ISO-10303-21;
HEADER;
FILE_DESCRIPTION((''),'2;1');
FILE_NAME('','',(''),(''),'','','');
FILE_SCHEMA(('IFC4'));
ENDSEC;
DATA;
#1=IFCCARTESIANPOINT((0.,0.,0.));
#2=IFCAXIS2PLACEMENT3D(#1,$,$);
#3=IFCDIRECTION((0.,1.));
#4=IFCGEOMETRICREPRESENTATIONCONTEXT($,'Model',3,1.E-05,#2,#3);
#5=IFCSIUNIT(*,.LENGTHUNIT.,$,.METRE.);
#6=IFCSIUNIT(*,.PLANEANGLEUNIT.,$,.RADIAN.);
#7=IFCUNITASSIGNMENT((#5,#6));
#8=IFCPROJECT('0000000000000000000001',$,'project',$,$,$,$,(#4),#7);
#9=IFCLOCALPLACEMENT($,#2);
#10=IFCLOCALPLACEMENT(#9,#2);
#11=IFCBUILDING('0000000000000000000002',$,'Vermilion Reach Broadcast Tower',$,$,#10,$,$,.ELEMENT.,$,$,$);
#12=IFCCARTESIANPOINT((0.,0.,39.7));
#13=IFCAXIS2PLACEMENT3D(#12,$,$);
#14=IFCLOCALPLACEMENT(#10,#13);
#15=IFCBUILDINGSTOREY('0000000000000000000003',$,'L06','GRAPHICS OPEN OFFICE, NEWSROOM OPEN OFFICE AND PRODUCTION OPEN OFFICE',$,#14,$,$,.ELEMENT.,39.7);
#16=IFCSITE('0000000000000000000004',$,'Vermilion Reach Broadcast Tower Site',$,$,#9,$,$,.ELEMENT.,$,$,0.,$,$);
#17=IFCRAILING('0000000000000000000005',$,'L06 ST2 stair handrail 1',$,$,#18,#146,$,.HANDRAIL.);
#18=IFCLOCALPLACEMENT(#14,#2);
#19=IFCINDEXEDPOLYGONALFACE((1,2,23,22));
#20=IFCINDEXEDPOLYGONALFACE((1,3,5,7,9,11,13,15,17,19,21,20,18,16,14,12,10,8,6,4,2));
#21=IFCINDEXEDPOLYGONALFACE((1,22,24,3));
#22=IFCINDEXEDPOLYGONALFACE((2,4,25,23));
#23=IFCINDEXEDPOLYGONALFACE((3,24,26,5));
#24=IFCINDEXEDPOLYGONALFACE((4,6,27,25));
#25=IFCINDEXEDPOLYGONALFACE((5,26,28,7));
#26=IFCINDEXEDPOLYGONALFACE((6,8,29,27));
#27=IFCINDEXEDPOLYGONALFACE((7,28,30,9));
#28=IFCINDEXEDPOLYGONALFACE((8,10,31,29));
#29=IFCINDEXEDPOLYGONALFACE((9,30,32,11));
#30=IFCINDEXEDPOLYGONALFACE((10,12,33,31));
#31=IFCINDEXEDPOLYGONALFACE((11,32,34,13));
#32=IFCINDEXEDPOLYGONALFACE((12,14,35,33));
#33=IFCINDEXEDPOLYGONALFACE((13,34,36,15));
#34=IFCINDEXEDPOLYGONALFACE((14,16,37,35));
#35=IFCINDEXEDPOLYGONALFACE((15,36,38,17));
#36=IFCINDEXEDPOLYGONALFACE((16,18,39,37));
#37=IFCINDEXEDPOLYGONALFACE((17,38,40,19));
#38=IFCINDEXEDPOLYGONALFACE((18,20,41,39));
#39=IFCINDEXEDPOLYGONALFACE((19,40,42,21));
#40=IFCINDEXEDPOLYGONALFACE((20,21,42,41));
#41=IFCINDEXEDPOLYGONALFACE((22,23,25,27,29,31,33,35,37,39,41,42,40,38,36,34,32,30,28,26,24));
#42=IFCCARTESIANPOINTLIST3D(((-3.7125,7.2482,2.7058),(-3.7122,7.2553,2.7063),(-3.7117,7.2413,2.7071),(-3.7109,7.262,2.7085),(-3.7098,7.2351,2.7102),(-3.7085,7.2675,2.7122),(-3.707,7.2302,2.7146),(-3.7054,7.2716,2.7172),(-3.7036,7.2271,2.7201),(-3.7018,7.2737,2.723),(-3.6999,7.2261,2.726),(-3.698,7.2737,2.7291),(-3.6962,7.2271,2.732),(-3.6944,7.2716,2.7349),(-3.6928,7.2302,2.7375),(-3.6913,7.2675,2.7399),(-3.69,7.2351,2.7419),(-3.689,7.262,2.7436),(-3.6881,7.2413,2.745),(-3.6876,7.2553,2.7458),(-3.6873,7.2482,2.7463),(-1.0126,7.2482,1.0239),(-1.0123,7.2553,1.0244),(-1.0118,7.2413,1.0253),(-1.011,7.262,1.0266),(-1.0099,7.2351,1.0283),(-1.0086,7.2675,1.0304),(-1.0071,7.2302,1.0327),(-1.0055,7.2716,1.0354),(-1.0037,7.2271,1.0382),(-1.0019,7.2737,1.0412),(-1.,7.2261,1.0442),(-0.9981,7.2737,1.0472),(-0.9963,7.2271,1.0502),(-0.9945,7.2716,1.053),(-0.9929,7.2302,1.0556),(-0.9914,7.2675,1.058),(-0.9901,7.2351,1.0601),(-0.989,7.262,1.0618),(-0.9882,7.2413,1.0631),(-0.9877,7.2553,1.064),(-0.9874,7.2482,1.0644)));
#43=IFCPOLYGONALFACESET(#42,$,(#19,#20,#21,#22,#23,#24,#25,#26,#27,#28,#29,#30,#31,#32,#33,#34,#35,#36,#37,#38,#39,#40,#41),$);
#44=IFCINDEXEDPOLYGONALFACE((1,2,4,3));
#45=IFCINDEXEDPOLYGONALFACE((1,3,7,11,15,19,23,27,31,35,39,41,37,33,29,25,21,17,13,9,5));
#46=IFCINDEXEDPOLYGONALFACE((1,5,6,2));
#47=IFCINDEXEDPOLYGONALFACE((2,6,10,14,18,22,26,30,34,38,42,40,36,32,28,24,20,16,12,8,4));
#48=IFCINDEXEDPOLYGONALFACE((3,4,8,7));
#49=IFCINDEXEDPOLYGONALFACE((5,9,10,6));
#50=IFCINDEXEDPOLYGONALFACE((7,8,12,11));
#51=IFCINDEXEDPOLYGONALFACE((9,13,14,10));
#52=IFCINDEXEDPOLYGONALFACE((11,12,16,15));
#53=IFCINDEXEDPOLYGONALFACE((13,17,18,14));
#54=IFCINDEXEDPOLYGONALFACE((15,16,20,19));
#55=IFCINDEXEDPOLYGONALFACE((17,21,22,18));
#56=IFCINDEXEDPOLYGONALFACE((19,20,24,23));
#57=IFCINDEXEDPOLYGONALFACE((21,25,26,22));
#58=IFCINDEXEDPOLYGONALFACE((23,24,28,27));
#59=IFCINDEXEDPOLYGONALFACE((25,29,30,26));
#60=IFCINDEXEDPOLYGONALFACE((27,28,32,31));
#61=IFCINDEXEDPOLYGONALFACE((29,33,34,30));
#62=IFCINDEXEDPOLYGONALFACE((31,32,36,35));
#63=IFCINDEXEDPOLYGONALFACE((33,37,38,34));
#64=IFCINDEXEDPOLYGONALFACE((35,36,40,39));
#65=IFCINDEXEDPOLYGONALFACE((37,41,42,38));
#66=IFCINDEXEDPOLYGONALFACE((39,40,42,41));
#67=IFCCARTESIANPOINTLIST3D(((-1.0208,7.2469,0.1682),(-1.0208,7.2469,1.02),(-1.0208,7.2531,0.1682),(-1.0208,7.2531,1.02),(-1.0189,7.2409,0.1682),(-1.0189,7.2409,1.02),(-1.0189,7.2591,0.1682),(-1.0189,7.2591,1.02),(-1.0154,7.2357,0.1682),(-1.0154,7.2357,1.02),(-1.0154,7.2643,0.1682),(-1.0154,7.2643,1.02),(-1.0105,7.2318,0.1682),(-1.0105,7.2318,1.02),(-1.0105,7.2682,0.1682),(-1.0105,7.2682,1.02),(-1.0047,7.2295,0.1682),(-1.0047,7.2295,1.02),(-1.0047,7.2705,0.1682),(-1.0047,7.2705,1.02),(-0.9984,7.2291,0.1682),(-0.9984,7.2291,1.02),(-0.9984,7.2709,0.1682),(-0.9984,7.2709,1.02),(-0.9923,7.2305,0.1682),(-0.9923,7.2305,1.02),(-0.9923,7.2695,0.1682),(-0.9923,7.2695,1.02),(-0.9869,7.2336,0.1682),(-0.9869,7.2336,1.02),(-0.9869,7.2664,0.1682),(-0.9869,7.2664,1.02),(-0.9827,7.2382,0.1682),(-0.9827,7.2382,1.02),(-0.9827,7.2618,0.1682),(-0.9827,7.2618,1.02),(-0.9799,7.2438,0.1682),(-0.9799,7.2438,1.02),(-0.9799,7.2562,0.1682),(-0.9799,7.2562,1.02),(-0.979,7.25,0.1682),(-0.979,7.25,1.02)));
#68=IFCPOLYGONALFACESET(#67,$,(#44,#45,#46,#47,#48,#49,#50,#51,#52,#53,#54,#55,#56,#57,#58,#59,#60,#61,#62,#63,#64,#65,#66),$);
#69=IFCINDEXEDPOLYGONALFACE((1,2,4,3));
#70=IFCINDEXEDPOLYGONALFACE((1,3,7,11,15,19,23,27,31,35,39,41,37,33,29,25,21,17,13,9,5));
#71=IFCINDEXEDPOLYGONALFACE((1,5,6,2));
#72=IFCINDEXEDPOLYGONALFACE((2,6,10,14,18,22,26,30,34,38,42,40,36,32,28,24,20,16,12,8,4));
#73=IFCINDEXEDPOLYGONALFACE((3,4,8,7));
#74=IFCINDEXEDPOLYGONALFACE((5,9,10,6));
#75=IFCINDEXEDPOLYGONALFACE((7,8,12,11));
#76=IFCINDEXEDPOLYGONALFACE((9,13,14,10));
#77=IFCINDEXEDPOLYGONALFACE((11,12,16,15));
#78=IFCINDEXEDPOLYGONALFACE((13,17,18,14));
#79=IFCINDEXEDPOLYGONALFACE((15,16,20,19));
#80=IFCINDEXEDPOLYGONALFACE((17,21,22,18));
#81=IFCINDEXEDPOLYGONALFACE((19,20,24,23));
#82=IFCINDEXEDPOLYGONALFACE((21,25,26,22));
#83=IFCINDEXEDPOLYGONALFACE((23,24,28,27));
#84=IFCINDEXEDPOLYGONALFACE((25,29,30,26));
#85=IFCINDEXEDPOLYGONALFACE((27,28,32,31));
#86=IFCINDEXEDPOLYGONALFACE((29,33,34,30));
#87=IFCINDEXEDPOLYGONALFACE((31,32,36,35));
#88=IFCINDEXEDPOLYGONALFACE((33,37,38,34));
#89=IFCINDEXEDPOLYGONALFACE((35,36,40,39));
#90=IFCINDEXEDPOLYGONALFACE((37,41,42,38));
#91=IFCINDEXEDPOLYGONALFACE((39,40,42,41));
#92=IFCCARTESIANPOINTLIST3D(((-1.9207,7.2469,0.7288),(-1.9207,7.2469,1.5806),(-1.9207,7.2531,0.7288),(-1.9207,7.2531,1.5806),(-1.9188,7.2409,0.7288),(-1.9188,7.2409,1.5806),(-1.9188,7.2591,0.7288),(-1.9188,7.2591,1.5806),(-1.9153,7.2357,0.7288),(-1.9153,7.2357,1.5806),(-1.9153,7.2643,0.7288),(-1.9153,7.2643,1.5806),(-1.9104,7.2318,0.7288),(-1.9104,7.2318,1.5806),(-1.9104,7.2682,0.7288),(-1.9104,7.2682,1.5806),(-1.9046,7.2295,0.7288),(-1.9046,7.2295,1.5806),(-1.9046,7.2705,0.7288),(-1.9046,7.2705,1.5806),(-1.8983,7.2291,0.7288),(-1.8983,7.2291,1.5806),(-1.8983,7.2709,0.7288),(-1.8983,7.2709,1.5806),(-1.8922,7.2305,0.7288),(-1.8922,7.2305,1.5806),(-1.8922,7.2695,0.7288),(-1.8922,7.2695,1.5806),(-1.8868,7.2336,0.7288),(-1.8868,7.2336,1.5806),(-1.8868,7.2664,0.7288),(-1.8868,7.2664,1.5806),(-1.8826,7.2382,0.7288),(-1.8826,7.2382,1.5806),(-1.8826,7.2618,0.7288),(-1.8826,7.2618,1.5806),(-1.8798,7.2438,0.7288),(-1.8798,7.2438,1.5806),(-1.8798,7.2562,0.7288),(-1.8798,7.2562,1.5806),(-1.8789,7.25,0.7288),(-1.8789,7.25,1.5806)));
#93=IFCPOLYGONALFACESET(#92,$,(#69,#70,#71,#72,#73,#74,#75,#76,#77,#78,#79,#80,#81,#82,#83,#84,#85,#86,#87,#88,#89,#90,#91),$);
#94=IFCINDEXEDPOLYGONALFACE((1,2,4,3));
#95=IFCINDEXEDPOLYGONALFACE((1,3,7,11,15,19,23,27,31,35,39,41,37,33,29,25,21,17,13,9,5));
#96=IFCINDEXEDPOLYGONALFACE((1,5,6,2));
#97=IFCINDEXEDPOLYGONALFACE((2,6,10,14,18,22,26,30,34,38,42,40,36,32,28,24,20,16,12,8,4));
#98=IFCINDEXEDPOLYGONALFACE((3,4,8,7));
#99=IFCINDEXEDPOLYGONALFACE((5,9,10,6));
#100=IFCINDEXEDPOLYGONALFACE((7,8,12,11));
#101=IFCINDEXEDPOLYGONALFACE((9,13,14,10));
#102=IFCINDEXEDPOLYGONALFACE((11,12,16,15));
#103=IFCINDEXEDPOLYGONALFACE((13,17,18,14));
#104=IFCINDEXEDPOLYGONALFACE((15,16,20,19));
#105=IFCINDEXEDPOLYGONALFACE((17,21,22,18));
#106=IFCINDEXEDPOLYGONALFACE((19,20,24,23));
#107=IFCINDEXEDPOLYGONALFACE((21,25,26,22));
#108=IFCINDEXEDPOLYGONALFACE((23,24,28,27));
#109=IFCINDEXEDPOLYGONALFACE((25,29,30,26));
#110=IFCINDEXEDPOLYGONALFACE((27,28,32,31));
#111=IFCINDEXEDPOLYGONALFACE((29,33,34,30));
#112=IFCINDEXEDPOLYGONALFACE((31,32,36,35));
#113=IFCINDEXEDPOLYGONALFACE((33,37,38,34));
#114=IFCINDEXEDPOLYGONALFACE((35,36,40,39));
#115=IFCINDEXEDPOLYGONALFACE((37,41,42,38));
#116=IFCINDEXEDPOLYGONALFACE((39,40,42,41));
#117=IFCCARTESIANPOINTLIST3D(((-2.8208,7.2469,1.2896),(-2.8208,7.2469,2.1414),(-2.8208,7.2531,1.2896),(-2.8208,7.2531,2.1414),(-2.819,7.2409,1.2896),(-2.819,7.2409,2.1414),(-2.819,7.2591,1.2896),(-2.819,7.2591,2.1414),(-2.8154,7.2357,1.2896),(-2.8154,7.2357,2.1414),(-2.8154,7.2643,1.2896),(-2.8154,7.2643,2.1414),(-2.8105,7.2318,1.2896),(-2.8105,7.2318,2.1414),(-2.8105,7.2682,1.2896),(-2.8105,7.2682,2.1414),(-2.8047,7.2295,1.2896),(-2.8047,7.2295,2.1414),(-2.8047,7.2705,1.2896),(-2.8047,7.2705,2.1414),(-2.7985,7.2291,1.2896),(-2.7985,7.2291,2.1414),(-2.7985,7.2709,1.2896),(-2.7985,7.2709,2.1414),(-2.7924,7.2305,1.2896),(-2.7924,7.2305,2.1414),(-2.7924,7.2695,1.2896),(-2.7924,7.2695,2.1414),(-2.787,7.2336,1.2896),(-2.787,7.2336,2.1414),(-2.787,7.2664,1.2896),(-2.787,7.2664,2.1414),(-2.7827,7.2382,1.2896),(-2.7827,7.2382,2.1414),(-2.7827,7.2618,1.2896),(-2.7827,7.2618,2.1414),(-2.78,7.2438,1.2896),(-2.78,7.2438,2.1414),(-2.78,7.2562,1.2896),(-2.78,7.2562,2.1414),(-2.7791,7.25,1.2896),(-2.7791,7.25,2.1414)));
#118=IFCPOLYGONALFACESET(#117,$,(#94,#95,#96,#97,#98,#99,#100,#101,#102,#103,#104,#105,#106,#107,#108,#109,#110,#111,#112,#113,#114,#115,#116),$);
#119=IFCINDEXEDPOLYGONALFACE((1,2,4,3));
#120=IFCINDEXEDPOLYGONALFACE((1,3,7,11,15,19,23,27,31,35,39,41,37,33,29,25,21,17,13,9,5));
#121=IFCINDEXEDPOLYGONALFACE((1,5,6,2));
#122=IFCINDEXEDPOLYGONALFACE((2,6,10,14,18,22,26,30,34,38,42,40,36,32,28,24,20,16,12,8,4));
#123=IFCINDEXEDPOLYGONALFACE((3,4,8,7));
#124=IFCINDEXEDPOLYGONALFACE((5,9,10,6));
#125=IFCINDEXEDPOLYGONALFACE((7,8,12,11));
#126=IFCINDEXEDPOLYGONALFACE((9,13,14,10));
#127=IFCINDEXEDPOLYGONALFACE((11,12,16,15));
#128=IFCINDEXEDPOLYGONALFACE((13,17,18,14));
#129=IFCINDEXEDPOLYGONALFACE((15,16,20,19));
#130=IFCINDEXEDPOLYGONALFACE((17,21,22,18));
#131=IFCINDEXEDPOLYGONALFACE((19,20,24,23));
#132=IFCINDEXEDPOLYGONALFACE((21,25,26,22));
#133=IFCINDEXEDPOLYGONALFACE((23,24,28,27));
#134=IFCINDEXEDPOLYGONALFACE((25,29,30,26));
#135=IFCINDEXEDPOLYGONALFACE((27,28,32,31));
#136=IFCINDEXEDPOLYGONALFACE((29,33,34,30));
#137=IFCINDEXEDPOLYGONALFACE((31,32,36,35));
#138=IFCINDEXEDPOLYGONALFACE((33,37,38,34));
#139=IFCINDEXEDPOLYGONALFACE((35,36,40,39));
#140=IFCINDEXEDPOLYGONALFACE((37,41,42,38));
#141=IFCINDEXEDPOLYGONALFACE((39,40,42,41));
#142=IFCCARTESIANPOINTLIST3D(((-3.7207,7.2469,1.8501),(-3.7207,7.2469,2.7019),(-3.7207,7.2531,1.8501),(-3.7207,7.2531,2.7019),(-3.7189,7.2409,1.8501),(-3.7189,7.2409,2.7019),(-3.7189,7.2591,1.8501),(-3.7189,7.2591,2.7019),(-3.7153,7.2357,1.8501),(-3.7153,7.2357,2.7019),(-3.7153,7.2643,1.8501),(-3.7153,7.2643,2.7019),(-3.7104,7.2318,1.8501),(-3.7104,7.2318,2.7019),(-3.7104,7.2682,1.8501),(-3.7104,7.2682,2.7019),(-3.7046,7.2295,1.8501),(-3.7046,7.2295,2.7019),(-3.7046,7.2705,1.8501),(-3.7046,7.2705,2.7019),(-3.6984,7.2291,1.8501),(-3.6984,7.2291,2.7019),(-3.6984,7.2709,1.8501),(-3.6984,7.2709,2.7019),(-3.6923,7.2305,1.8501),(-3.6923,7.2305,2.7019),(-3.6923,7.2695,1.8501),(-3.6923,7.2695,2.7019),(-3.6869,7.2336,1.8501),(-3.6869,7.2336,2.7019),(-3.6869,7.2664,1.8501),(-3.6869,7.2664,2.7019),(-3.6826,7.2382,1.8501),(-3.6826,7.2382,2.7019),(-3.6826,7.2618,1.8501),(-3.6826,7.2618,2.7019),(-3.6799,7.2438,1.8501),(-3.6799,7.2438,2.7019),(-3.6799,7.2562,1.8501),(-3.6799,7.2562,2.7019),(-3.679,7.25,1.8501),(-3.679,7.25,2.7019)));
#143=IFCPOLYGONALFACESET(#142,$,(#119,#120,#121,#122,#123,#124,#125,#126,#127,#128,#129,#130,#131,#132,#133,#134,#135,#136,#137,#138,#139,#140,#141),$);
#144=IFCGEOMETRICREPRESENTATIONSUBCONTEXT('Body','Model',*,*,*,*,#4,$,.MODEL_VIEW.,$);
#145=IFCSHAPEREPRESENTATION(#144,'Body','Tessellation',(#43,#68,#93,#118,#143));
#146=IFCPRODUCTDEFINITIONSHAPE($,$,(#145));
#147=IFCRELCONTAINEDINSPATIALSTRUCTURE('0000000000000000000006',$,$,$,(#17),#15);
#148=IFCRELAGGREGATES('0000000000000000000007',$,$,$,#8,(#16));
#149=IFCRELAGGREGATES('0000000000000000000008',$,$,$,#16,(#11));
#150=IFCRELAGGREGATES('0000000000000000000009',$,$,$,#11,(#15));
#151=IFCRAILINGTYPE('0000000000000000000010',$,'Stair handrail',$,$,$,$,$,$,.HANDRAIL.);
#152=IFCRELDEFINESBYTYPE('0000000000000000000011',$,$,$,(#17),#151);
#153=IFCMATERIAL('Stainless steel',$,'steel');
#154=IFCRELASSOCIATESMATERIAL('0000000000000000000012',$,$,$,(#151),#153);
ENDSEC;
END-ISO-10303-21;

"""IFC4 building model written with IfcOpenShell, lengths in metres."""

from ifc_helpers import new_model, si_unit, direction, frame, origin, origin_2d, place, context, subcontext, project, spatial, circle, extrude, material, type_object, element, save


model = new_model("IFC4")

# Units and contexts
model_context = context("Model", 3, precision=1e-05, world=origin(), true_north=direction((0.0, 1.0)))
body_context = subcontext(model_context, "Body", "Model", "MODEL_VIEW")
ifc_project = project(units=[si_unit("LENGTHUNIT", "METRE"), si_unit("PLANEANGLEUNIT", "RADIAN")], contexts=[model_context])

# Site, building, storey
site_placement = place(None, origin())
site = spatial("IfcSite", under=ifc_project, at=site_placement, Name="Vermilion Reach Broadcast Tower Site", CompositionType="ELEMENT", RefElevation=0.0)
building_placement = place(site_placement, origin())
building = spatial("IfcBuilding", under=site, at=building_placement, Name="Vermilion Reach Broadcast Tower", CompositionType="ELEMENT")
storey_placement = place(building_placement, frame((0.0, 0.0, 39.7)))
storey = spatial("IfcBuildingStorey", under=building, at=storey_placement, Name="L06", Description="GRAPHICS OPEN OFFICE, NEWSROOM OPEN OFFICE AND PRODUCTION OPEN OFFICE", CompositionType="ELEMENT", Elevation=39.7)

# Railing
ifc_material_1 = material(Name="Stainless steel", Category="steel")
railing_type_1 = type_object("IfcRailingType", Name="Stair handrail", PredefinedType="HANDRAIL", material=ifc_material_1)
railing_1_placement = place(storey_placement, frame((-1.0, 7.25, 0.1682)))
element("IfcRailing", 1, at=railing_1_placement, inside=storey, type_object=railing_type_1, Name="L06 ST2 stair handrail 1", PredefinedType="HANDRAIL", context=body_context, shape_type="SweptSolid", body=[
    extrude(circle(Radius=0.0239, at=origin_2d()), frame((0.0, 0.0, 0.876), z_axis=(-0.848786, 0.0, 0.528736), x_axis=(0.0, -1.0, 0.0)), (0.0, 0.0, 1.0), 3.1809),
    extrude(circle(Radius=0.021, at=origin_2d()), origin(), (0.0, 0.0, 1.0), 0.8518),
    extrude(circle(Radius=0.021, at=origin_2d()), frame((-0.8999, 0.0, 0.5605)), (0.0, 0.0, 1.0), 0.8518),
    extrude(circle(Radius=0.021, at=origin_2d()), frame((-1.8, 0.0, 1.1213)), (0.0, 0.0, 1.0), 0.8518),
    extrude(circle(Radius=0.021, at=origin_2d()), frame((-2.7, 0.0, 1.6819)), (0.0, 0.0, 1.0), 0.8518),
])

save(model, "model.ifc")
